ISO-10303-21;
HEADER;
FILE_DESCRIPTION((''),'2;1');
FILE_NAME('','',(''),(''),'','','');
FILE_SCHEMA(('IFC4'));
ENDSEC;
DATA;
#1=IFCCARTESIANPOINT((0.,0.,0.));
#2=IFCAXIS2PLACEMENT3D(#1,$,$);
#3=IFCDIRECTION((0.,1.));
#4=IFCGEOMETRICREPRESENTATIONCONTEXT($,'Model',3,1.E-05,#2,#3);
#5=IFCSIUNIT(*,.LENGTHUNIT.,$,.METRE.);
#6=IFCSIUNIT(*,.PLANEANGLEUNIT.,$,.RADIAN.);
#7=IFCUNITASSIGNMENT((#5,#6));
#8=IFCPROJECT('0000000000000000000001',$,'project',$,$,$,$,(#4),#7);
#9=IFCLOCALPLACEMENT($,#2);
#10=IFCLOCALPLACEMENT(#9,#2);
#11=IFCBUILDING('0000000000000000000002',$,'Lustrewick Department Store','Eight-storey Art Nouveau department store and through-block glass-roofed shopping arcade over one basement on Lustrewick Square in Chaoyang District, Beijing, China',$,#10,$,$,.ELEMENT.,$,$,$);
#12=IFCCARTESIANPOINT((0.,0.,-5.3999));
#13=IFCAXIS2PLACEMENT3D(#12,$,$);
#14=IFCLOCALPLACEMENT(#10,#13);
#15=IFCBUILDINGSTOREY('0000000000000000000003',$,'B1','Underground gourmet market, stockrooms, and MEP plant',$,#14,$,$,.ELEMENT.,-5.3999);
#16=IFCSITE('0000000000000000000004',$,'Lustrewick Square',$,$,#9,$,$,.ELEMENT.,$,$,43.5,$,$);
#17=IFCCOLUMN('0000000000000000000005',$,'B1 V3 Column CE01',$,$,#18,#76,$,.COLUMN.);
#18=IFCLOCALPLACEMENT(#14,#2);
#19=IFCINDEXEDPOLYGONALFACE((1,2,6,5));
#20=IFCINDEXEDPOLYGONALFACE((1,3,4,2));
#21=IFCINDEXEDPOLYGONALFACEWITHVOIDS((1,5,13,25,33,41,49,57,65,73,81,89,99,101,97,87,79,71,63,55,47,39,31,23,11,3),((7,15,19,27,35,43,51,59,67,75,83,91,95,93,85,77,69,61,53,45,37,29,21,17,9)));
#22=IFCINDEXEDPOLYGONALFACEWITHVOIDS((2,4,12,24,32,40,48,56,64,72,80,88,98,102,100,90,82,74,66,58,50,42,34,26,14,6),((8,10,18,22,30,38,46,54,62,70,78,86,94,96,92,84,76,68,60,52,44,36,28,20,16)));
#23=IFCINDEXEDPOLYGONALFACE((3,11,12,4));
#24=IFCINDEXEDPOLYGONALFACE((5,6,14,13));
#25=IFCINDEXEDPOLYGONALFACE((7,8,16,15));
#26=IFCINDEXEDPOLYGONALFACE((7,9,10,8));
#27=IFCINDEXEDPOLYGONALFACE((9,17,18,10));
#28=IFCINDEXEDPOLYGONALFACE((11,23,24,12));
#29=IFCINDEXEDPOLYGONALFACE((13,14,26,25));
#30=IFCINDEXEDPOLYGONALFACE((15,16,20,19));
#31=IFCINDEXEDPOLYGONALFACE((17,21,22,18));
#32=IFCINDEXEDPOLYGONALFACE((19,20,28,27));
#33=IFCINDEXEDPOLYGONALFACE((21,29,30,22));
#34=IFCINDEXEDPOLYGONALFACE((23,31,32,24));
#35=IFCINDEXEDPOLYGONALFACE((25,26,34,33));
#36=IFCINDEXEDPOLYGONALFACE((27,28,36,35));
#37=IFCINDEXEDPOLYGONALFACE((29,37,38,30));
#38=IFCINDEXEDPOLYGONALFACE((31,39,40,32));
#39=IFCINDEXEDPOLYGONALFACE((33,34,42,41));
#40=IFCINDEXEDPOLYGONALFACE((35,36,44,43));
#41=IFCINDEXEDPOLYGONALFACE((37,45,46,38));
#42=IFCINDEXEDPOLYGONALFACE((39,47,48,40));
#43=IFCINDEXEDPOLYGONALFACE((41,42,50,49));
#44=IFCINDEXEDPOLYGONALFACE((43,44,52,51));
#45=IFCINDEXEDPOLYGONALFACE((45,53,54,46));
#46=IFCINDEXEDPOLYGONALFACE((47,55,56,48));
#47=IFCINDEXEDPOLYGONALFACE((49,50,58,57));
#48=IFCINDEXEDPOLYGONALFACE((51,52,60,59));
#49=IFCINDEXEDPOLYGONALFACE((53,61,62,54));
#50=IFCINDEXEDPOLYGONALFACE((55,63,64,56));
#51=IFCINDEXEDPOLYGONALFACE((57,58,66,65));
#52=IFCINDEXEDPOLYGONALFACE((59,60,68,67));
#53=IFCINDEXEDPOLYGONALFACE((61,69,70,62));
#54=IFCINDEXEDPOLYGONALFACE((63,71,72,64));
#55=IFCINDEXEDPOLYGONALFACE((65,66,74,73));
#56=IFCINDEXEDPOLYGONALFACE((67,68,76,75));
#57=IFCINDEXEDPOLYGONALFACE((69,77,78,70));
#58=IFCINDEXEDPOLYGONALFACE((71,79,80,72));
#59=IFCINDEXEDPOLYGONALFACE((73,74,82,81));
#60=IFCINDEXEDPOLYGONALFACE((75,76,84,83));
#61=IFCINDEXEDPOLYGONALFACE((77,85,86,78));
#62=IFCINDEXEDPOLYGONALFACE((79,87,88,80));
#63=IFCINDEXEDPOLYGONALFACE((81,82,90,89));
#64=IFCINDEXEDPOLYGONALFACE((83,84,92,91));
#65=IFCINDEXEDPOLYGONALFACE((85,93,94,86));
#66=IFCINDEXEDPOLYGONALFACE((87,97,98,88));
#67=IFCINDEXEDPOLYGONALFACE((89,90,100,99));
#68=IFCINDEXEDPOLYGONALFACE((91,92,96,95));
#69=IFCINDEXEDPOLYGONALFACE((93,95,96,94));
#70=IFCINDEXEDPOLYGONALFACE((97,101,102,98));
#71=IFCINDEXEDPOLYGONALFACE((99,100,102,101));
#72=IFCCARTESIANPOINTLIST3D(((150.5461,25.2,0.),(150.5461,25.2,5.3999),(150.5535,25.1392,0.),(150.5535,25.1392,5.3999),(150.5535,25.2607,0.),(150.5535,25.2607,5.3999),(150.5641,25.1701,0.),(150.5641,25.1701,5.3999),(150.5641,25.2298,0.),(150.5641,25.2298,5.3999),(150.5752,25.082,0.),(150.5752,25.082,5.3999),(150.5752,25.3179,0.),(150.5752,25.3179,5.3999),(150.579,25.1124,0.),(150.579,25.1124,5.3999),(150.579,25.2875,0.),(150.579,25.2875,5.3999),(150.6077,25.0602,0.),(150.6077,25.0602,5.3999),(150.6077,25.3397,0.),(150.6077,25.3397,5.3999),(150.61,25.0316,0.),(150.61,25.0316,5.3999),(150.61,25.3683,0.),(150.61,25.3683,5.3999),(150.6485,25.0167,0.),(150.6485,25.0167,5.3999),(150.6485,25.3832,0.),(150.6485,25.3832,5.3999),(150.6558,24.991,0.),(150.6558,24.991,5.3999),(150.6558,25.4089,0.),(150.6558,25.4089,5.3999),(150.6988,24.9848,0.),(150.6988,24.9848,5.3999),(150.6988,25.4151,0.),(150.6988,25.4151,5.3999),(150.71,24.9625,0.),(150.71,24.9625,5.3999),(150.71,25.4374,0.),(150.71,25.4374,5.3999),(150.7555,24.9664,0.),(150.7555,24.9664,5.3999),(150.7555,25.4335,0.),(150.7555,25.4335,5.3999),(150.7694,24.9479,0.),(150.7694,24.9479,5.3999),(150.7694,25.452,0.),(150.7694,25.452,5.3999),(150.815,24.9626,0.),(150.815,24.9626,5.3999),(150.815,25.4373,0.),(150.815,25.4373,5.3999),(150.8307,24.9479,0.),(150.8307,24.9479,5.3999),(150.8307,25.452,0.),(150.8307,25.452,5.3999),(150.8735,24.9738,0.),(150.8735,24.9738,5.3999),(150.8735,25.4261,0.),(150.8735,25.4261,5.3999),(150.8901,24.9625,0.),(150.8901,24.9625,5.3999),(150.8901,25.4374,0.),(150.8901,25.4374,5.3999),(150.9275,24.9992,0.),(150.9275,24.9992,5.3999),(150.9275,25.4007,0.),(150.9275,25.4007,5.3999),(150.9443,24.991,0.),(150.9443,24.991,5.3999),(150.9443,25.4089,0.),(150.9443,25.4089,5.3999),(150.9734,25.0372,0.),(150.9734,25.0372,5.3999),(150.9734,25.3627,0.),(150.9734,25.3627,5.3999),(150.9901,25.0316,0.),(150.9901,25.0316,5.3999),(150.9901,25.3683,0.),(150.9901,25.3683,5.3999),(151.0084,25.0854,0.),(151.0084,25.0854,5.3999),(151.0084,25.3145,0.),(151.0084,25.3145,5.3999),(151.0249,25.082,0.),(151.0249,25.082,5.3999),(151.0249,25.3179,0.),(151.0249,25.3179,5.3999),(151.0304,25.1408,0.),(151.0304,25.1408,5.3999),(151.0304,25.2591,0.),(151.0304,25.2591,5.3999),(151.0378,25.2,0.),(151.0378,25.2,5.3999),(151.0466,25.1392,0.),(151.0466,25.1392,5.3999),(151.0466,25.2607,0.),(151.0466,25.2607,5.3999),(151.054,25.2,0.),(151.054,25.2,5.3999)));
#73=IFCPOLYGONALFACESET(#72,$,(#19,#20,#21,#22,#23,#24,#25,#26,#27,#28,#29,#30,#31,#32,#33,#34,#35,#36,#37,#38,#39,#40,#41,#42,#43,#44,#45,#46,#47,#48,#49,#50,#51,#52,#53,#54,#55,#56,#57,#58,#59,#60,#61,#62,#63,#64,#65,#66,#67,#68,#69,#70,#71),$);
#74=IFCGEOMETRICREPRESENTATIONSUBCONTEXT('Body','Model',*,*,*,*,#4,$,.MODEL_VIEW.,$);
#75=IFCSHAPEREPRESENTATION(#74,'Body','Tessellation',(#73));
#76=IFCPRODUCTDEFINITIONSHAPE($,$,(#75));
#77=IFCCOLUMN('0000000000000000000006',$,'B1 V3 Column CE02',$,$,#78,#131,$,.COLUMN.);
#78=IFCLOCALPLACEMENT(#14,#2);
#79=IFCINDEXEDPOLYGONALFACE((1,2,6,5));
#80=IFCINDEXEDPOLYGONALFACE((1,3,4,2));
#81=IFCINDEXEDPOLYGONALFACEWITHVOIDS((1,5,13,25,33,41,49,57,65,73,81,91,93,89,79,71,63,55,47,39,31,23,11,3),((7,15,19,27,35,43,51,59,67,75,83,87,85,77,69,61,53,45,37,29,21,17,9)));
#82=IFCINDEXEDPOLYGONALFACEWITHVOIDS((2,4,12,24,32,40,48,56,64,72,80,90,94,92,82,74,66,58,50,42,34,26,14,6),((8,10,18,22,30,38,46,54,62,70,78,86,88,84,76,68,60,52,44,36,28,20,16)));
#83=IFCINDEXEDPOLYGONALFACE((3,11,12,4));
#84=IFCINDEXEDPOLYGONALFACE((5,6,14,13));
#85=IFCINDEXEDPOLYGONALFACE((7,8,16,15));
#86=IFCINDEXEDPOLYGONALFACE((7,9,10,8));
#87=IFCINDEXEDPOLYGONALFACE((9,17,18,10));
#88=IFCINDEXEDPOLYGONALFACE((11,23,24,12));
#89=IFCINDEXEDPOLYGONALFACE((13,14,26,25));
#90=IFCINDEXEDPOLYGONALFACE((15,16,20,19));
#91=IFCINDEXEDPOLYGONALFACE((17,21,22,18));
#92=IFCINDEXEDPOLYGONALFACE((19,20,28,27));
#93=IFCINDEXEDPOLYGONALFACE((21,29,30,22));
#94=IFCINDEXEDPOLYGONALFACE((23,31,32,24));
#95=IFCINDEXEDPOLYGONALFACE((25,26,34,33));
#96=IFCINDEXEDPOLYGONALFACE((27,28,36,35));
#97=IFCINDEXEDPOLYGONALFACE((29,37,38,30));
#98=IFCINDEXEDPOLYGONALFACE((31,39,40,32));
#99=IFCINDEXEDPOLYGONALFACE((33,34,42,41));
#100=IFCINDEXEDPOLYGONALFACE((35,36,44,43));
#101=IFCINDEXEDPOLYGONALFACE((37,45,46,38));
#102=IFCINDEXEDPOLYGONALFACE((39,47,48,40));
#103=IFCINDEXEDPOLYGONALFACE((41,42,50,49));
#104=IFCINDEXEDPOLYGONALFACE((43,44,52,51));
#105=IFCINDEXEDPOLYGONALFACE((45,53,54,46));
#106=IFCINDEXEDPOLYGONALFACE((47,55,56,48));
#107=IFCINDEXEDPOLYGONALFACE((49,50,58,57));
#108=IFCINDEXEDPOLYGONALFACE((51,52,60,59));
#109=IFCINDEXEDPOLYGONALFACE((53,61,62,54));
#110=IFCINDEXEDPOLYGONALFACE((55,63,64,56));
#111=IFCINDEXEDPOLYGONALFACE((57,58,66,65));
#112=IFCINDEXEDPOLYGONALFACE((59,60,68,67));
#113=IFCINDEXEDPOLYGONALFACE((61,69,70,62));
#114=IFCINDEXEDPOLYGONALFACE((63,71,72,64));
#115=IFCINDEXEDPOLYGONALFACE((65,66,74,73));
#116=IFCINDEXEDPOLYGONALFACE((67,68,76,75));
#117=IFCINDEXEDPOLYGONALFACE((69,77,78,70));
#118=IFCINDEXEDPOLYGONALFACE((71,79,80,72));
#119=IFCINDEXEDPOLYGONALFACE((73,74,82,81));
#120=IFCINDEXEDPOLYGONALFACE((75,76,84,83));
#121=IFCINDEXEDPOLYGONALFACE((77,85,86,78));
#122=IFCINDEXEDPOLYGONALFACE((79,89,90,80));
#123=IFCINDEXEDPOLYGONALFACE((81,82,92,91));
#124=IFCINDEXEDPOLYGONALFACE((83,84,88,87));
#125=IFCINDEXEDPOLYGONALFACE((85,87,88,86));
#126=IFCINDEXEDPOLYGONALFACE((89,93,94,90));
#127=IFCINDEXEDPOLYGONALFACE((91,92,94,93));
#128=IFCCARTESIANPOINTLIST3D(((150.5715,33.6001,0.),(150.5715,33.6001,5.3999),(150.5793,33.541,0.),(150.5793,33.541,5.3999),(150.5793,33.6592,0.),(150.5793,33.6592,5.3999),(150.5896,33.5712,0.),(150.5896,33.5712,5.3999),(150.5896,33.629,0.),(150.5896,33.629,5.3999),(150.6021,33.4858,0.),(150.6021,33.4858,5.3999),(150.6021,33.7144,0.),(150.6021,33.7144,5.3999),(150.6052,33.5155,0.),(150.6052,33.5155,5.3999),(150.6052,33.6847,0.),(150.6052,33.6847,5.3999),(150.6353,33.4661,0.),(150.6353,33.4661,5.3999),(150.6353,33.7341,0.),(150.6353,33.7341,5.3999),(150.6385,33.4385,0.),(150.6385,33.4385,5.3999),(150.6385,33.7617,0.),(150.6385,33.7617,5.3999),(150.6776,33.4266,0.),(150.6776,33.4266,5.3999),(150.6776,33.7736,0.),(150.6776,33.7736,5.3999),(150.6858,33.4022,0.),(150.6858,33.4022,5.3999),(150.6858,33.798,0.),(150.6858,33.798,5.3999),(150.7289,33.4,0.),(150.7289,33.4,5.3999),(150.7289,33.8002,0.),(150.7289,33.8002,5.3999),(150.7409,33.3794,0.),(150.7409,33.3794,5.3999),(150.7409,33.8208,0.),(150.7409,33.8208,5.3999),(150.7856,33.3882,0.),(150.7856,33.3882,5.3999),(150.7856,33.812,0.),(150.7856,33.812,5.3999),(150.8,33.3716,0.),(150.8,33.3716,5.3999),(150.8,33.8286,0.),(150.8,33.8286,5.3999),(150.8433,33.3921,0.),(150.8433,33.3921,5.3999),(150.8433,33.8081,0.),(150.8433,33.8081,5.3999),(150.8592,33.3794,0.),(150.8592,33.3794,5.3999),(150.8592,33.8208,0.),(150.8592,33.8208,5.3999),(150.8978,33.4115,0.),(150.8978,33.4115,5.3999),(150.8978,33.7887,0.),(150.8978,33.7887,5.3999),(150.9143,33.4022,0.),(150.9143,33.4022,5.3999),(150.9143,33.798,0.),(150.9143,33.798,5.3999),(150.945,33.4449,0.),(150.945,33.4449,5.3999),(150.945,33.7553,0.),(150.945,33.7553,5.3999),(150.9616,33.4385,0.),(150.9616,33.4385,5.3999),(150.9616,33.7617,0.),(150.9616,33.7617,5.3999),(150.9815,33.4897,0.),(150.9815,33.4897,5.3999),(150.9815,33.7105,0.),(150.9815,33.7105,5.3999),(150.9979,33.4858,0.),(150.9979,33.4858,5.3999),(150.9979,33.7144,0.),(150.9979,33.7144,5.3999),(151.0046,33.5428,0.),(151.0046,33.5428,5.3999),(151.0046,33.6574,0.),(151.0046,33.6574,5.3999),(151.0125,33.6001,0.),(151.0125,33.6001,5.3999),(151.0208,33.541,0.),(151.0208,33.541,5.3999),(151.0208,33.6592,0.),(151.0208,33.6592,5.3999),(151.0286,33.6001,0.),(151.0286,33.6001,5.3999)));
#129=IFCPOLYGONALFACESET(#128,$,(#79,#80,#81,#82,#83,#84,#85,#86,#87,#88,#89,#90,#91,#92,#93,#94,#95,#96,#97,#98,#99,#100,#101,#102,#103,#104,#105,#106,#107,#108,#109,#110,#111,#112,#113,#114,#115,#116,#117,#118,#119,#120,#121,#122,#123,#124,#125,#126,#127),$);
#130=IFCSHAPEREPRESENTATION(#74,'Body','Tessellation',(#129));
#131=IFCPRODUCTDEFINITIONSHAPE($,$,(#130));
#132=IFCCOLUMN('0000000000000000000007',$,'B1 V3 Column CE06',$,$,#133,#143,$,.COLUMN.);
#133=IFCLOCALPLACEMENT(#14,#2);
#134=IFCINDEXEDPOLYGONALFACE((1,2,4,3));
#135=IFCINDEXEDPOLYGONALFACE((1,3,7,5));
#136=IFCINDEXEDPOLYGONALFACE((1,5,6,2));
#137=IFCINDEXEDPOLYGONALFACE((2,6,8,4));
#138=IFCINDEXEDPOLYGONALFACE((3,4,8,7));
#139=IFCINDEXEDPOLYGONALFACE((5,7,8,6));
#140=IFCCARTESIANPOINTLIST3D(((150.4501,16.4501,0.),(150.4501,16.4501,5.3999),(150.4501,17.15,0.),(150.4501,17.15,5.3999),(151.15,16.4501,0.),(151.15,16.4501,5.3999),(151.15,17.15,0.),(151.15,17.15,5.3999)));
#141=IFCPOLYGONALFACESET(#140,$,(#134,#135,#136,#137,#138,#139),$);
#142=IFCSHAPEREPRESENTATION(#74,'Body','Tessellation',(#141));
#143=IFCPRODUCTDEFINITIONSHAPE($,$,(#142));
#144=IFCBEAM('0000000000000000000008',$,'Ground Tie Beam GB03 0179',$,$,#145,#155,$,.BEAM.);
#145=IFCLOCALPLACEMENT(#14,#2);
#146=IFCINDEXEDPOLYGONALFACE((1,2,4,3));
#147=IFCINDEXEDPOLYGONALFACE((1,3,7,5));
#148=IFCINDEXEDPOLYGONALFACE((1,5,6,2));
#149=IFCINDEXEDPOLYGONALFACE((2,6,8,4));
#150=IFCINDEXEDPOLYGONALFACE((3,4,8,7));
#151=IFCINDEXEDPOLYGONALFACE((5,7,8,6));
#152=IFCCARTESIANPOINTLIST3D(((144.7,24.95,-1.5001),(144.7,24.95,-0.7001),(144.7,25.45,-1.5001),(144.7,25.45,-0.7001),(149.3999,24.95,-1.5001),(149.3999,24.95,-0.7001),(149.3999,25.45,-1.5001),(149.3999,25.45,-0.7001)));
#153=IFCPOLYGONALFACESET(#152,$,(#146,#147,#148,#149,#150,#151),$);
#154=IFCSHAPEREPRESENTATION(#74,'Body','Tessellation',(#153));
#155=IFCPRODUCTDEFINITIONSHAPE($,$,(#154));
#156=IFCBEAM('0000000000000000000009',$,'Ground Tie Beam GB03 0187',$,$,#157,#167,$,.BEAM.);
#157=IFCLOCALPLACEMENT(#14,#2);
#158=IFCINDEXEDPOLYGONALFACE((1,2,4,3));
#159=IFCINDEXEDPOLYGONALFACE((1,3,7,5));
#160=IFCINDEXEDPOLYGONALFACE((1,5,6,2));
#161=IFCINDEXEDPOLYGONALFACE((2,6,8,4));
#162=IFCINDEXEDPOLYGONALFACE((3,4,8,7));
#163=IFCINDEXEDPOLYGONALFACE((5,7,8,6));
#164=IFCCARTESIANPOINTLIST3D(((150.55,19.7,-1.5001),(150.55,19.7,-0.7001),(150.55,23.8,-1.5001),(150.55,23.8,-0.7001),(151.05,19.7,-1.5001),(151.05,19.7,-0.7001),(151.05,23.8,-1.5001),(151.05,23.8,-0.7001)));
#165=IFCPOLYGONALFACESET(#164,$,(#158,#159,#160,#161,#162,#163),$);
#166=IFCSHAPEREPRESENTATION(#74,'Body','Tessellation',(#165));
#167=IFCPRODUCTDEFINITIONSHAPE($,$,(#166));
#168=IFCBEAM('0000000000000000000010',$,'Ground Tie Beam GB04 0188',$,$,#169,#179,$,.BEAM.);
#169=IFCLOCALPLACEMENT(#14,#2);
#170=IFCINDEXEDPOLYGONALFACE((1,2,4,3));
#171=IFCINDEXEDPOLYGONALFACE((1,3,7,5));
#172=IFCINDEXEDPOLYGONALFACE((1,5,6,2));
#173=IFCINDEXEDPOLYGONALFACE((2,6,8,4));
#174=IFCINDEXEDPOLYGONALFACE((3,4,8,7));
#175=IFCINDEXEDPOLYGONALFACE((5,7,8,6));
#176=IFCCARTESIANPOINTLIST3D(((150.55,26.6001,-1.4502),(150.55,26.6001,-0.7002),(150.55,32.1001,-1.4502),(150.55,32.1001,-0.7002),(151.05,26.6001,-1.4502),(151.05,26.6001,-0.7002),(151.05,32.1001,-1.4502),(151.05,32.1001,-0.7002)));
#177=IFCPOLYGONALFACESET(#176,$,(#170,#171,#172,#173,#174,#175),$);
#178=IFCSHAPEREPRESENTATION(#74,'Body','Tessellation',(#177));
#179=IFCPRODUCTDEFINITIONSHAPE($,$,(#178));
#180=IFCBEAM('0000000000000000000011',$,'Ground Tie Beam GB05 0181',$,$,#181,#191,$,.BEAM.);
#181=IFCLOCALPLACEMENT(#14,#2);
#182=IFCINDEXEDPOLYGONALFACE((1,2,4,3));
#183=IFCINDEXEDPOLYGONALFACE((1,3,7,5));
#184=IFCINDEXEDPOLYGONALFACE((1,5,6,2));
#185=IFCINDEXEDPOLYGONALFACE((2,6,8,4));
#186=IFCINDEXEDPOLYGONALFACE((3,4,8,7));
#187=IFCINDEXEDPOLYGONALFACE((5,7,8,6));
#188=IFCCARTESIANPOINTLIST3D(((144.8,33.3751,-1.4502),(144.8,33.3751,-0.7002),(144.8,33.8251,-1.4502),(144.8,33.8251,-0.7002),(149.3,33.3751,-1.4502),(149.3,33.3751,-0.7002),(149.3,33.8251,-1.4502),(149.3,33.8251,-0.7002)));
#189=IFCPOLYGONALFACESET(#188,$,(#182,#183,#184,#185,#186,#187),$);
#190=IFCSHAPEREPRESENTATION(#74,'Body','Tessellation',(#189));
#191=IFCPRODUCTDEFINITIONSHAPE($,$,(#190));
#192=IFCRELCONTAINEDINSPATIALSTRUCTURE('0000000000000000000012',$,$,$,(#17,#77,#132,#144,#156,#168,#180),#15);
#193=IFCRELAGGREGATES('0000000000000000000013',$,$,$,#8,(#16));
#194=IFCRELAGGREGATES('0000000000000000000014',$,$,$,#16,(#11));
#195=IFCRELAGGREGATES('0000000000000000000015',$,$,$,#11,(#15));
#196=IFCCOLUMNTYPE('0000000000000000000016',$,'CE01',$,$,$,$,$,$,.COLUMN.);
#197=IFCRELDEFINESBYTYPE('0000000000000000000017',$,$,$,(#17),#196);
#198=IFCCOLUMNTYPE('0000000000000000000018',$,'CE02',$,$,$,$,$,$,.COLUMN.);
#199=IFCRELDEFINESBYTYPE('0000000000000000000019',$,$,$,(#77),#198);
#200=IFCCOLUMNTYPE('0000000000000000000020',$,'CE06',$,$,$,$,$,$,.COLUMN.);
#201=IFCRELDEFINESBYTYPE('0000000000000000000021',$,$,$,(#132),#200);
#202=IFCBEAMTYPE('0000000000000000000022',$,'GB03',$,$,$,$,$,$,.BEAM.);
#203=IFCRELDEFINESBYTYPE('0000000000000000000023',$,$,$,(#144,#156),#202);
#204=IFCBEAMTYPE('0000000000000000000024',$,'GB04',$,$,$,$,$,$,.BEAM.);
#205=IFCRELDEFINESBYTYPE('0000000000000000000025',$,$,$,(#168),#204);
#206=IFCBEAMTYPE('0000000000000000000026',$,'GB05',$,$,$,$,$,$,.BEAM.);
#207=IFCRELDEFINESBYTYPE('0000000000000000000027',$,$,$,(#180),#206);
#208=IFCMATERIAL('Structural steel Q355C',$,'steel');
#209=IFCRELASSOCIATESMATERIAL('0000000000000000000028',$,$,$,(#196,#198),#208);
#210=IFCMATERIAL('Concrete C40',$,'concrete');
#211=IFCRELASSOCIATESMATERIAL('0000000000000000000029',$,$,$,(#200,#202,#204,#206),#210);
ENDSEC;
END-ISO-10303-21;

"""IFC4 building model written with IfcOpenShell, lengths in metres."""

from ifc_helpers import new_model, si_unit, direction, frame, origin, origin_2d, place, context, subcontext, project, spatial, rectangle, hollow_circle, extrude, material, material_profile, profile_set, type_object, element, save


model = new_model("IFC4")

# Units and contexts
model_context = context("Model", 3, precision=1e-05, world=origin(), true_north=direction((0.0, 1.0)))
body_context = subcontext(model_context, "Body", "Model", "MODEL_VIEW")
ifc_project = project(units=[si_unit("LENGTHUNIT", "METRE"), si_unit("PLANEANGLEUNIT", "RADIAN")], contexts=[model_context])

# Site, building, storey
site_placement = place(None, origin())
site = spatial("IfcSite", under=ifc_project, at=site_placement, Name="Lustrewick Square", CompositionType="ELEMENT", RefElevation=43.5)
building_placement = place(site_placement, origin())
building = spatial("IfcBuilding", under=site, at=building_placement, Name="Lustrewick Department Store", Description="Eight-storey Art Nouveau department store and through-block glass-roofed shopping arcade over one basement on Lustrewick Square in Chaoyang District, Beijing, China", CompositionType="ELEMENT")
storey_placement = place(building_placement, frame((0.0, 0.0, -5.3999)))
storey = spatial("IfcBuildingStorey", under=building, at=storey_placement, Name="B1", Description="Underground gourmet market, stockrooms, and MEP plant", CompositionType="ELEMENT", Elevation=-5.3999)

# Shared definitions
ifc_material_1 = material(Name="Concrete C40", Category="concrete")

# Columns
ifc_material_2 = material(Name="Structural steel Q355C", Category="steel")
ifc_material_profile_1 = material_profile(ifc_material_2, hollow_circle(Radius=0.2539, WallThickness=0.0161, at=origin_2d()), Name="CHS 508x16")
ifc_profile_set_1 = profile_set([ifc_material_profile_1], Name="Structural steel Q355C")
column_type_1 = type_object("IfcColumnType", Name="CE01", PredefinedType="COLUMN", material=ifc_profile_set_1)
column_1_placement = place(storey_placement, frame((150.8, 25.2, 0.0), z_axis=(0.0, 0.0, 1.0), x_axis=(1.0, 0.0, 0.0)))
element("IfcColumn", 1, at=column_1_placement, inside=storey, type_object=column_type_1, Name="B1 V3 Column CE01", PredefinedType="COLUMN", context=body_context, shape_type="SweptSolid", body=[
    extrude(hollow_circle(Radius=0.2539, WallThickness=0.0161, at=origin_2d()), origin(), (0.0, 0.0, 1.0), 5.3999),
])
ifc_material_profile_2 = material_profile(ifc_material_2, hollow_circle(Radius=0.2285, WallThickness=0.0161, at=origin_2d()), Name="CHS 457x16")
ifc_profile_set_2 = profile_set([ifc_material_profile_2], Name="Structural steel Q355C")
column_type_2 = type_object("IfcColumnType", Name="CE02", PredefinedType="COLUMN", material=ifc_profile_set_2)
column_2_placement = place(storey_placement, frame((150.8, 33.6001, 0.0), z_axis=(0.0, 0.0, 1.0), x_axis=(1.0, 0.0, 0.0)))
element("IfcColumn", 2, at=column_2_placement, inside=storey, type_object=column_type_2, Name="B1 V3 Column CE02", PredefinedType="COLUMN", context=body_context, shape_type="SweptSolid", body=[
    extrude(hollow_circle(Radius=0.2285, WallThickness=0.0161, at=origin_2d()), origin(), (0.0, 0.0, 1.0), 5.3999),
])
ifc_material_profile_3 = material_profile(ifc_material_1, rectangle(XDim=0.7, YDim=0.7, at=origin_2d()), Name="RC 700x700")
ifc_profile_set_3 = profile_set([ifc_material_profile_3], Name="Concrete C40")
column_type_3 = type_object("IfcColumnType", Name="CE06", PredefinedType="COLUMN", material=ifc_profile_set_3)
column_3_placement = place(storey_placement, frame((150.8, 16.8, 0.0), z_axis=(0.0, 0.0, 1.0), x_axis=(1.0, 0.0, 0.0)))
element("IfcColumn", 3, at=column_3_placement, inside=storey, type_object=column_type_3, Name="B1 V3 Column CE06", PredefinedType="COLUMN", context=body_context, shape_type="SweptSolid", body=[
    extrude(rectangle(XDim=0.7, YDim=0.7, at=origin_2d()), origin(), (0.0, 0.0, 1.0), 5.3999),
])

# Beams
ifc_material_profile_4 = material_profile(ifc_material_1, rectangle(XDim=0.5, YDim=0.8, at=origin_2d()), Name="RC 500x800")
ifc_profile_set_4 = profile_set([ifc_material_profile_4], Name="Concrete C40")
beam_type_1 = type_object("IfcBeamType", Name="GB03", PredefinedType="BEAM", material=ifc_profile_set_4)
beam_1_placement = place(storey_placement, frame((144.7, 25.2, -1.1001), z_axis=(1.0, 0.0, 0.0), x_axis=(0.0, 1.0, 0.0)))
element("IfcBeam", 4, at=beam_1_placement, inside=storey, type_object=beam_type_1, Name="Ground Tie Beam GB03 0179", PredefinedType="BEAM", context=body_context, shape_type="SweptSolid", body=[
    extrude(rectangle(XDim=0.5, YDim=0.8, at=origin_2d()), origin(), (0.0, 0.0, 1.0), 4.7),
])
beam_2_placement = place(storey_placement, frame((150.8, 19.7, -1.1001), z_axis=(0.0, 1.0, 0.0), x_axis=(-1.0, 0.0, 0.0)))
element("IfcBeam", 5, at=beam_2_placement, inside=storey, type_object=beam_type_1, Name="Ground Tie Beam GB03 0187", PredefinedType="BEAM", context=body_context, shape_type="SweptSolid", body=[
    extrude(rectangle(XDim=0.5, YDim=0.8, at=origin_2d()), origin(), (0.0, 0.0, 1.0), 4.1001),
])
ifc_material_profile_5 = material_profile(ifc_material_1, rectangle(XDim=0.5, YDim=0.75, at=origin_2d()), Name="RC 500x750")
ifc_profile_set_5 = profile_set([ifc_material_profile_5], Name="Concrete C40")
beam_type_2 = type_object("IfcBeamType", Name="GB04", PredefinedType="BEAM", material=ifc_profile_set_5)
beam_3_placement = place(storey_placement, frame((150.8, 26.6001, -1.0752), z_axis=(0.0, 1.0, 0.0), x_axis=(-1.0, 0.0, 0.0)))
element("IfcBeam", 6, at=beam_3_placement, inside=storey, type_object=beam_type_2, Name="Ground Tie Beam GB04 0188", PredefinedType="BEAM", context=body_context, shape_type="SweptSolid", body=[
    extrude(rectangle(XDim=0.5, YDim=0.75, at=origin_2d()), origin(), (0.0, 0.0, 1.0), 5.5),
])
ifc_material_profile_6 = material_profile(ifc_material_1, rectangle(XDim=0.45, YDim=0.75, at=origin_2d()), Name="RC 450x750")
ifc_profile_set_6 = profile_set([ifc_material_profile_6], Name="Concrete C40")
beam_type_3 = type_object("IfcBeamType", Name="GB05", PredefinedType="BEAM", material=ifc_profile_set_6)
beam_4_placement = place(storey_placement, frame((144.8, 33.6001, -1.0752), z_axis=(1.0, 0.0, 0.0), x_axis=(0.0, 1.0, 0.0)))
element("IfcBeam", 7, at=beam_4_placement, inside=storey, type_object=beam_type_3, Name="Ground Tie Beam GB05 0181", PredefinedType="BEAM", context=body_context, shape_type="SweptSolid", body=[
    extrude(rectangle(XDim=0.45, YDim=0.75, at=origin_2d()), origin(), (0.0, 0.0, 1.0), 4.5),
])

save(model, "model.ifc")
